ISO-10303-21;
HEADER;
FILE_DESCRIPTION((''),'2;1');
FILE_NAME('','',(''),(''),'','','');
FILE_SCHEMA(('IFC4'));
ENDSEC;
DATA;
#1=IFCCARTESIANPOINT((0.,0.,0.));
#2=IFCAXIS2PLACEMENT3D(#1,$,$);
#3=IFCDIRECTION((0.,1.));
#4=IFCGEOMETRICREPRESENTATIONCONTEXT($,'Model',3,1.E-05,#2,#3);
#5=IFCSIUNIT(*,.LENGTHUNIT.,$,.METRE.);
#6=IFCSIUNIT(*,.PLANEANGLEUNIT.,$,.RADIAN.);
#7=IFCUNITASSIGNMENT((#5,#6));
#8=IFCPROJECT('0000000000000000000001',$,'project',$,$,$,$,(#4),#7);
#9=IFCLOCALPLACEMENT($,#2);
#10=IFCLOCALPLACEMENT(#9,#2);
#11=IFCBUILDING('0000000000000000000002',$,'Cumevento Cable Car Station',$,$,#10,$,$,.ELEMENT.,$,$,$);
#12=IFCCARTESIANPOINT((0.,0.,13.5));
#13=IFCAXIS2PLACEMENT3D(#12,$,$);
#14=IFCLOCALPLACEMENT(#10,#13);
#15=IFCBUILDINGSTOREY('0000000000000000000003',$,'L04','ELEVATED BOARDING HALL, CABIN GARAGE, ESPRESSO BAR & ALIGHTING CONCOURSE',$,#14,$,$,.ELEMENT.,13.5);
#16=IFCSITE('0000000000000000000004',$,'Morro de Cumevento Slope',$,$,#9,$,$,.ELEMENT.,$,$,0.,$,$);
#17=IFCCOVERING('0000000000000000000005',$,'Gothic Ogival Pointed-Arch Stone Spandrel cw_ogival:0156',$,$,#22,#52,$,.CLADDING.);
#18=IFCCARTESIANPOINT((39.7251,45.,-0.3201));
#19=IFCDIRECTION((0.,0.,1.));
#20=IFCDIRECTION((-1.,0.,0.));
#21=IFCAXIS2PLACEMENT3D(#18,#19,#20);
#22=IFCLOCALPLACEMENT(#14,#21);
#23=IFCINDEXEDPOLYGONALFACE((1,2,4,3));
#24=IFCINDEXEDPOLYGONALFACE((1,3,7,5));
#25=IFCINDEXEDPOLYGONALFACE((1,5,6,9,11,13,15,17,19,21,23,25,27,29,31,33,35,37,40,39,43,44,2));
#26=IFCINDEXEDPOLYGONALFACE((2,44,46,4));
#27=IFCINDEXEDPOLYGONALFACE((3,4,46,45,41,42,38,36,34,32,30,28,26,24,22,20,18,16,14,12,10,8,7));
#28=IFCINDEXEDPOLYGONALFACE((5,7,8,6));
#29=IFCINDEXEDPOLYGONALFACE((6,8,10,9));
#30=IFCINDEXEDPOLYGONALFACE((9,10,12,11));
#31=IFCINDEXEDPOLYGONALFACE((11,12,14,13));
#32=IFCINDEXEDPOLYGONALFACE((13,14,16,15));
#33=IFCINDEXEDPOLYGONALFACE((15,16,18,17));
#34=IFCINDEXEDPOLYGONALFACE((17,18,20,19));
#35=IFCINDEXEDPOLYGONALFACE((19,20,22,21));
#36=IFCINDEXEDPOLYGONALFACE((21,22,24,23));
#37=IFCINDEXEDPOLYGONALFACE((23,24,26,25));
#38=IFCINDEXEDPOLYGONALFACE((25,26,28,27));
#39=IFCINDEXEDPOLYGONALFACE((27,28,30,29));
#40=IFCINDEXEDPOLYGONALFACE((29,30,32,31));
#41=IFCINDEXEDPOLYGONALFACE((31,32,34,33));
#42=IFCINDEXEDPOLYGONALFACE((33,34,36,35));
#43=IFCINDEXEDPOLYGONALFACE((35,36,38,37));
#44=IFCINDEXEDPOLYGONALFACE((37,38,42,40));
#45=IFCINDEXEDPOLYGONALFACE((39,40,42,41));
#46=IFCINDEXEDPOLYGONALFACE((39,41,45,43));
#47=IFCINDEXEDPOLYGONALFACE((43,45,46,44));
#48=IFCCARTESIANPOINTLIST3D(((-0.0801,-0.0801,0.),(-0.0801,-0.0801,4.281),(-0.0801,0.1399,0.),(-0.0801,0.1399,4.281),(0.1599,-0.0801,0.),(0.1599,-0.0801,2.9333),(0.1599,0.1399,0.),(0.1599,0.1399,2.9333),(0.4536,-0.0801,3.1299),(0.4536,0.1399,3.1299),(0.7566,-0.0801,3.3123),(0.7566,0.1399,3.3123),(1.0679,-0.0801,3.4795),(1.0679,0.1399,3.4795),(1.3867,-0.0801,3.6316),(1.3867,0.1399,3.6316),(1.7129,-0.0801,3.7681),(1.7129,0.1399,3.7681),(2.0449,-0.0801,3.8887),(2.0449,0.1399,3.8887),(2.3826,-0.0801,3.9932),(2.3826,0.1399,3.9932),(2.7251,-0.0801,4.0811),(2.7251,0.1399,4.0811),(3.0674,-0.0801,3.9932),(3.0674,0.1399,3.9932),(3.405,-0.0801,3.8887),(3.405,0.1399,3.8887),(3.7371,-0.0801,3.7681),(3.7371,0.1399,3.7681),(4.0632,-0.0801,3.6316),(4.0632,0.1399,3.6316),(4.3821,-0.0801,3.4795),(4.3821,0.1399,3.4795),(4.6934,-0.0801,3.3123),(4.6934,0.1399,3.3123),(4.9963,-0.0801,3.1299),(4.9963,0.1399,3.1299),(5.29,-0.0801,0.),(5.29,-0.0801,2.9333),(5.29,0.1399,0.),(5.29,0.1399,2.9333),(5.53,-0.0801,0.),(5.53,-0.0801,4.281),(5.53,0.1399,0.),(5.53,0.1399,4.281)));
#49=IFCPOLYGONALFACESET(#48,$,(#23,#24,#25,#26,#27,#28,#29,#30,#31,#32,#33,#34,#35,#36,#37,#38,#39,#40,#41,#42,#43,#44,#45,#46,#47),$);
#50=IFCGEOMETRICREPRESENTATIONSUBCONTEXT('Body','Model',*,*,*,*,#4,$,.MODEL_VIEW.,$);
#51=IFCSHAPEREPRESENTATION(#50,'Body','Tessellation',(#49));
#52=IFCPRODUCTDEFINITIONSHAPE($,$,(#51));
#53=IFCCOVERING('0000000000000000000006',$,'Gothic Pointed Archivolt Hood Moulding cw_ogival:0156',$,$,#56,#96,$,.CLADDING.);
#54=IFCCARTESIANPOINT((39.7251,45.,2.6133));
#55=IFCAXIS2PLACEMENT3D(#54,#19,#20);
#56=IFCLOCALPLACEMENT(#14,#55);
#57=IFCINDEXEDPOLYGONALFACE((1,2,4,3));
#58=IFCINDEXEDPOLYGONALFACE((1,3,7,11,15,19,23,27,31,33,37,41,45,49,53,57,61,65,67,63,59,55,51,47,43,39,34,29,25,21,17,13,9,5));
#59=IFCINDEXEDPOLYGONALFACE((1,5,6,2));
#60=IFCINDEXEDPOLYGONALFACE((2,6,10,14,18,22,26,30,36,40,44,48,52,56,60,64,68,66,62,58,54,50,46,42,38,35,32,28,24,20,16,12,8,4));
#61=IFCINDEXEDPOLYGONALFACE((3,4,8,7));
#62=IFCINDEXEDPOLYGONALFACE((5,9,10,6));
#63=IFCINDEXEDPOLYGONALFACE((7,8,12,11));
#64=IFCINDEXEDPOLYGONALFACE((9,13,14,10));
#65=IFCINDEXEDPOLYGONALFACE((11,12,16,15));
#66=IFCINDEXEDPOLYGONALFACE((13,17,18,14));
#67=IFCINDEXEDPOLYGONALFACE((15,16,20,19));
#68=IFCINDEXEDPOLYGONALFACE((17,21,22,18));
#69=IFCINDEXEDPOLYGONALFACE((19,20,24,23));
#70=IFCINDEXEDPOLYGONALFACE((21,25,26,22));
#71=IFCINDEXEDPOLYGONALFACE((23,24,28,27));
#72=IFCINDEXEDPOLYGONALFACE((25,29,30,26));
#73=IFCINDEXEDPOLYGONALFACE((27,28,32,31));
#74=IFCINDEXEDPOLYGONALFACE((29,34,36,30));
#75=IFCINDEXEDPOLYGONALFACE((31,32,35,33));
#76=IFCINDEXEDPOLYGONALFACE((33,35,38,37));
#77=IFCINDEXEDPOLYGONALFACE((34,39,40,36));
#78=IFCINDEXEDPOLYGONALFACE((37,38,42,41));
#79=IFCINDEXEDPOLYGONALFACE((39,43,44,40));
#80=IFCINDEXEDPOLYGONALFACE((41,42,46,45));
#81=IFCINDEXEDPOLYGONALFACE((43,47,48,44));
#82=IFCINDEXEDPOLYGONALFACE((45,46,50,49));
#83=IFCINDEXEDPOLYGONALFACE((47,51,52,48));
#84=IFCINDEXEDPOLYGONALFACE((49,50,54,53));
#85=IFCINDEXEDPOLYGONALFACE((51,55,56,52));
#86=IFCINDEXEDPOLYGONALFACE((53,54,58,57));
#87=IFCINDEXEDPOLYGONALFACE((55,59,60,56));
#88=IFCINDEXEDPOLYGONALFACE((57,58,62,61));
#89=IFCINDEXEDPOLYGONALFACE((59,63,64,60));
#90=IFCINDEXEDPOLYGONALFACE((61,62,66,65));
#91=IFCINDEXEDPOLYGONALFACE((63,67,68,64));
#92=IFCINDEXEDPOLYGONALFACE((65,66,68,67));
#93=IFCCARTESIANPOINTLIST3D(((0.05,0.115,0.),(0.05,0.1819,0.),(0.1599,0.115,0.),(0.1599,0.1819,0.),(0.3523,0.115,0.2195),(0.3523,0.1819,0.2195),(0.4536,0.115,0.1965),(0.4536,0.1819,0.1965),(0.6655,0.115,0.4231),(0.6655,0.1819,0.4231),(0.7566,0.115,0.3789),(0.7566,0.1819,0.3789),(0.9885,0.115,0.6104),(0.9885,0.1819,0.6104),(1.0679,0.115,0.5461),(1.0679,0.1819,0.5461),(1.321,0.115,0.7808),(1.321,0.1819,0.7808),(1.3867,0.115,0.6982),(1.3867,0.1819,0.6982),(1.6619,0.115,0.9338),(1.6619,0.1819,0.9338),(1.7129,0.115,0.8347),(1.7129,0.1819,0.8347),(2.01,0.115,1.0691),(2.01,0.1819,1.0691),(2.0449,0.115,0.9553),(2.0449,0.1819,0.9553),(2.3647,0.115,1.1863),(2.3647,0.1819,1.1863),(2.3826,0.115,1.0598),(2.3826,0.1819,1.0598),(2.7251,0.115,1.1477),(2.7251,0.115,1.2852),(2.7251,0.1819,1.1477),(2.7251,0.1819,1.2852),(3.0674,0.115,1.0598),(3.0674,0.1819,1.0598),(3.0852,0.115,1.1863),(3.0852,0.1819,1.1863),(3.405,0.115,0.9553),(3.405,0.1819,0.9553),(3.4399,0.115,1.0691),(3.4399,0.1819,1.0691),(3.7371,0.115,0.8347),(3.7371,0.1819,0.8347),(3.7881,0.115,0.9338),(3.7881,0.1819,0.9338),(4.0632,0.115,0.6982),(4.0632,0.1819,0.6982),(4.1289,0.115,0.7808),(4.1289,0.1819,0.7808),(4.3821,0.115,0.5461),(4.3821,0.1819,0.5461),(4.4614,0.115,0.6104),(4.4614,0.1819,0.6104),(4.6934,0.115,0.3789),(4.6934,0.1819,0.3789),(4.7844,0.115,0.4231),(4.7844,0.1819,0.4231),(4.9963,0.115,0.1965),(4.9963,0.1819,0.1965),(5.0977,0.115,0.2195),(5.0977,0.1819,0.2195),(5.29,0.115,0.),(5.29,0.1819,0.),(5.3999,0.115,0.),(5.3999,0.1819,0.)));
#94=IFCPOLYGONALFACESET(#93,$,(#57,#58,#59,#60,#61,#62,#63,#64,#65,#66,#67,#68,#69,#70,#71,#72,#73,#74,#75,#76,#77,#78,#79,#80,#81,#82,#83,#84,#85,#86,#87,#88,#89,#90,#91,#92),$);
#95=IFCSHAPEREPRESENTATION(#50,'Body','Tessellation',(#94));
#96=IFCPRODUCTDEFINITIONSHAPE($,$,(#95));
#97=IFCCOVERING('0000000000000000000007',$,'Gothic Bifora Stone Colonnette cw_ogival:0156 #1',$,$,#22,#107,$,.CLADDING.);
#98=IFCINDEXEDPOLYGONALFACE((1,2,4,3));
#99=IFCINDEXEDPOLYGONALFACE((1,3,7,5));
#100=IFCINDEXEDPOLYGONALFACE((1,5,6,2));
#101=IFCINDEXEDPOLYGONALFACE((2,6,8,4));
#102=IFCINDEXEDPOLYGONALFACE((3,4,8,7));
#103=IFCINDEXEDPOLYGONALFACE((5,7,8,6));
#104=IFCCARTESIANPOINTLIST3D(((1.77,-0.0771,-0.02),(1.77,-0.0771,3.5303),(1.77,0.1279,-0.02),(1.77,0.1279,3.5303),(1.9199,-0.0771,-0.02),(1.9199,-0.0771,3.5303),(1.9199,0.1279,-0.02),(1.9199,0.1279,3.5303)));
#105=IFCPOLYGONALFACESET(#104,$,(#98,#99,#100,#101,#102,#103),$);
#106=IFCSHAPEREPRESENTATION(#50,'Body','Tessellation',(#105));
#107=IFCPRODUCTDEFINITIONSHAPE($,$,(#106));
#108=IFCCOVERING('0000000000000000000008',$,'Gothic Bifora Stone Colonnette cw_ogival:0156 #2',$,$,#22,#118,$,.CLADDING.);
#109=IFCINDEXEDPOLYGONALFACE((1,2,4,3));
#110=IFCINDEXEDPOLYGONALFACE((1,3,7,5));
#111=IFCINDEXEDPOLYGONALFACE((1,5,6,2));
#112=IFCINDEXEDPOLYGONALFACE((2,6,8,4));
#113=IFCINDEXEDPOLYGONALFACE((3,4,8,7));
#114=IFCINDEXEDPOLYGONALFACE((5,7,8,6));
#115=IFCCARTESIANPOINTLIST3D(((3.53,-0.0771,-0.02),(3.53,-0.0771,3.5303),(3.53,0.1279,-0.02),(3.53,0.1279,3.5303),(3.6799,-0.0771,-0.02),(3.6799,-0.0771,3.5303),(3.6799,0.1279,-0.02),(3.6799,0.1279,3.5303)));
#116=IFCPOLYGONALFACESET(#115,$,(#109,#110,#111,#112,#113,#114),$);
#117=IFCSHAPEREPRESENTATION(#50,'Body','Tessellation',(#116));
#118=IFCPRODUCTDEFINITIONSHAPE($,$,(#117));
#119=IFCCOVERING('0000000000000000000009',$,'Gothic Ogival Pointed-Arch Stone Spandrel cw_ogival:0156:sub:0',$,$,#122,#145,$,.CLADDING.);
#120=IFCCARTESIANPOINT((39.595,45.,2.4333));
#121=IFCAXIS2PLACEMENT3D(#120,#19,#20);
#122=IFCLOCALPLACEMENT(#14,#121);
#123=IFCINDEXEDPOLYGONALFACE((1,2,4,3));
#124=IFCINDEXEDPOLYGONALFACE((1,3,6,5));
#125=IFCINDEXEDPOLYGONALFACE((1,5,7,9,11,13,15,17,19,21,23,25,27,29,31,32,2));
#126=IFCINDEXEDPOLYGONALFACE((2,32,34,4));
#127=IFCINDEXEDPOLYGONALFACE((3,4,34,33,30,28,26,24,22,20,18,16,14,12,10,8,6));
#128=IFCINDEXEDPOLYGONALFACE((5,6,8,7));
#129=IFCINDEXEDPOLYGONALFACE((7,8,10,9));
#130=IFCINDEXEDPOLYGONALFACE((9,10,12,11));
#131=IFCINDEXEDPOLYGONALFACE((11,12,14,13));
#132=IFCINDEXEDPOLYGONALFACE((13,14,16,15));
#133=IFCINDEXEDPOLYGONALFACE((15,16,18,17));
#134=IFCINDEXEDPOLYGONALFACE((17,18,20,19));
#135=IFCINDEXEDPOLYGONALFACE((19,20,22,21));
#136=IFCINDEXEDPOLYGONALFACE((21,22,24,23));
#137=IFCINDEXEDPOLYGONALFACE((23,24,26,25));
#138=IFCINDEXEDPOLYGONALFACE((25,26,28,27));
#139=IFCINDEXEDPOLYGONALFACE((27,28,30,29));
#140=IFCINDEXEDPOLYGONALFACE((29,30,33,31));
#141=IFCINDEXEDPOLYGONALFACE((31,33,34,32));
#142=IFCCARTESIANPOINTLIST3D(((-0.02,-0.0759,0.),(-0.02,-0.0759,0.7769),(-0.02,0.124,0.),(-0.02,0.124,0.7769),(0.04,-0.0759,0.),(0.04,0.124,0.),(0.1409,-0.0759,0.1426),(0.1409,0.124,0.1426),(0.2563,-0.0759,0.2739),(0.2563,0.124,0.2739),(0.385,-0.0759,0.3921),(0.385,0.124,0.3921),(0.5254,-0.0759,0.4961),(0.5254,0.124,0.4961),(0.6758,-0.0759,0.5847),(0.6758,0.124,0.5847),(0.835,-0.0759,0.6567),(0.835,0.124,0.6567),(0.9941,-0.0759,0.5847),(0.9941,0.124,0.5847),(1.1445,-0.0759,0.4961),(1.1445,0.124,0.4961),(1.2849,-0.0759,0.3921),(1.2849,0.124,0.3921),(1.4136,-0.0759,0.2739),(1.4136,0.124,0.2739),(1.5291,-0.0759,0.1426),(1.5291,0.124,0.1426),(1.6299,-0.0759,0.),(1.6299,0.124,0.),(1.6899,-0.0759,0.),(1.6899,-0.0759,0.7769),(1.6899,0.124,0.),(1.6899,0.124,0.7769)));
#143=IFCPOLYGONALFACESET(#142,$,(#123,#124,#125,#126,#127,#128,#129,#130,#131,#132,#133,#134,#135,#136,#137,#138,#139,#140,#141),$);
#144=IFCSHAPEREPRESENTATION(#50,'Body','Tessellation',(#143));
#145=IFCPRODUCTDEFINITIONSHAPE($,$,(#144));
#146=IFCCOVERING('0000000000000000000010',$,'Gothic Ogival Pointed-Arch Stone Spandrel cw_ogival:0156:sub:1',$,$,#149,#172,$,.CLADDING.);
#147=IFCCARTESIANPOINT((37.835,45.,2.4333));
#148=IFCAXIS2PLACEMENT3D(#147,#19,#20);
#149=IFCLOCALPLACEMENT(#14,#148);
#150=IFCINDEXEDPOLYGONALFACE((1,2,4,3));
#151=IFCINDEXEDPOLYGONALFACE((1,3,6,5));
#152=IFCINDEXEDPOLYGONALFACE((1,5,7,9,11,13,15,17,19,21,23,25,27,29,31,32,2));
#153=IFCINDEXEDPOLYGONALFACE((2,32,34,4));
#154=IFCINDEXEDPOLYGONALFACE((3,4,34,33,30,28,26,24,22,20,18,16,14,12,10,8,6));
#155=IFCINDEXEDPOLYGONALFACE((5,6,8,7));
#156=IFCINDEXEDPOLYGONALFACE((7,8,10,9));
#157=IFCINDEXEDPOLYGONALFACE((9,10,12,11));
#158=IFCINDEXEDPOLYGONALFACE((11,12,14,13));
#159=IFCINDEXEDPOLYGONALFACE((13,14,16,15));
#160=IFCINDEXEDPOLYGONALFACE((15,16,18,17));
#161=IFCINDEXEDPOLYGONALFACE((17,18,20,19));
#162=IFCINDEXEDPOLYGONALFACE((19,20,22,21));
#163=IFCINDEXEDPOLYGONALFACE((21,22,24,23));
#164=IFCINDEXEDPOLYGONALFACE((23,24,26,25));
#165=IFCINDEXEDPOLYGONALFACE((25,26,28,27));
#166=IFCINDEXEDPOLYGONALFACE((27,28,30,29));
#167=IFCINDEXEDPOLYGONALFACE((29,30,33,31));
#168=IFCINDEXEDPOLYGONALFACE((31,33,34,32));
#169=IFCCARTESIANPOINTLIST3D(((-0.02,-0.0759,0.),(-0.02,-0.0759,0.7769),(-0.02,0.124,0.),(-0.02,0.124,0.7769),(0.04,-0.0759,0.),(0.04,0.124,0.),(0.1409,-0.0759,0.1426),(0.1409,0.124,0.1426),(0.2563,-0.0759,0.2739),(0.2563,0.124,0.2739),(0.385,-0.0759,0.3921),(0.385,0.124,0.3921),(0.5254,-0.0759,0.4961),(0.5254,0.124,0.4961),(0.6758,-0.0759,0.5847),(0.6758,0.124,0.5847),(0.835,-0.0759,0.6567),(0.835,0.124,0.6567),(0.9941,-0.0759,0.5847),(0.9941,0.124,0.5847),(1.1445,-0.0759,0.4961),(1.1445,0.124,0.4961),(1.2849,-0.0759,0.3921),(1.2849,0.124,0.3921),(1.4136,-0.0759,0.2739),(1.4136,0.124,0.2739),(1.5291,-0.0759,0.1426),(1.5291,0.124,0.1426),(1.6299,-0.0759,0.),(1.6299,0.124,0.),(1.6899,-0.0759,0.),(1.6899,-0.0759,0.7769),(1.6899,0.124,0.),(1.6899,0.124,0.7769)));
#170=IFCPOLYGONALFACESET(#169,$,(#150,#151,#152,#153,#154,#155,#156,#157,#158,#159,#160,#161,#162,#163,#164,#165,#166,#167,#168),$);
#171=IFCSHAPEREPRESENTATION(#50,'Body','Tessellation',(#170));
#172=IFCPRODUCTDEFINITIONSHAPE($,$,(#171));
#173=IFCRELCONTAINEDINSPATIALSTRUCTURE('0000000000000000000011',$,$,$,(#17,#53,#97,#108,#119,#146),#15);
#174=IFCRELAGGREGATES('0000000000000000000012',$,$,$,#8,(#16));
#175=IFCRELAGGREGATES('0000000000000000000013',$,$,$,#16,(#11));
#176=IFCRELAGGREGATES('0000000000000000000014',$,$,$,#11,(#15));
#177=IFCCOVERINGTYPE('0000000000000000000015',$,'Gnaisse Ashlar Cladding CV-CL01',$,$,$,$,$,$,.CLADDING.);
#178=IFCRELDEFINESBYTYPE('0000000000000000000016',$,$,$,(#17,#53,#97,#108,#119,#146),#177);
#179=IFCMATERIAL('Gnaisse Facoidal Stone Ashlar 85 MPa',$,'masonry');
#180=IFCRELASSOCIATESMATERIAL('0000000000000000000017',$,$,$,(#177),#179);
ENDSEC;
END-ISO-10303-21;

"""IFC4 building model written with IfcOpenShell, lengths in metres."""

from ifc_helpers import new_model, si_unit, direction, frame, origin, place, context, subcontext, project, spatial, polyline, outline, extrude, material, type_object, element, save


model = new_model("IFC4")

# Units and contexts
model_context = context("Model", 3, precision=1e-05, world=origin(), true_north=direction((0.0, 1.0)))
body_context = subcontext(model_context, "Body", "Model", "MODEL_VIEW")
ifc_project = project(units=[si_unit("LENGTHUNIT", "METRE"), si_unit("PLANEANGLEUNIT", "RADIAN")], contexts=[model_context])

# Site, building, storey
site_placement = place(None, origin())
site = spatial("IfcSite", under=ifc_project, at=site_placement, Name="Morro de Cumevento Slope", CompositionType="ELEMENT", RefElevation=0.0)
building_placement = place(site_placement, origin())
building = spatial("IfcBuilding", under=site, at=building_placement, Name="Cumevento Cable Car Station", CompositionType="ELEMENT")
storey_placement = place(building_placement, frame((0.0, 0.0, 13.5)))
storey = spatial("IfcBuildingStorey", under=building, at=storey_placement, Name="L04", Description="ELEVATED BOARDING HALL, CABIN GARAGE, ESPRESSO BAR & ALIGHTING CONCOURSE", CompositionType="ELEMENT", Elevation=13.5)

# Coverings
ifc_material_1 = material(Name="Gnaisse Facoidal Stone Ashlar 85 MPa", Category="masonry")
covering_type = type_object("IfcCoveringType", Name="Gnaisse Ashlar Cladding CV-CL01", PredefinedType="CLADDING", material=ifc_material_1)
placement = place(storey_placement, frame((39.7251, 45.0, -0.3201), z_axis=(0.0, 0.0, 1.0), x_axis=(-1.0, 0.0, 0.0)))
element("IfcCovering", 1, at=placement, inside=storey, type_object=covering_type, Name="Gothic Ogival Pointed-Arch Stone Spandrel cw_ogival:0156", PredefinedType="CLADDING", context=body_context, shape_type="SweptSolid", body=[
    extrude(outline(polyline([(-0.0801, 0.0), (-0.0801, 4.281), (5.53, 4.281), (5.53, 0.0), (5.29, 0.0), (5.29, 2.9333), (4.9963, 3.1299), (4.6934, 3.3123), (4.3821, 3.4795), (4.0632, 3.6316), (3.7371, 3.7681), (3.405, 3.8887), (3.0674, 3.9932), (2.7251, 4.0811), (2.3826, 3.9932), (2.0449, 3.8887), (1.7129, 3.7681), (1.3867, 3.6316), (1.0679, 3.4795), (0.7566, 3.3123), (0.4536, 3.1299), (0.1599, 2.9333), (0.1599, 0.0), (-0.0801, 0.0)])), frame((0.0, 0.1399, 0.0), z_axis=(0.0, -1.0, 0.0), x_axis=(1.0, 0.0, 0.0)), (0.0, 0.0, 1.0), 0.22),
])
covering_1_placement = place(storey_placement, frame((39.7251, 45.0, 2.6133), z_axis=(0.0, 0.0, 1.0), x_axis=(-1.0, 0.0, 0.0)))
element("IfcCovering", 2, at=covering_1_placement, inside=storey, type_object=covering_type, Name="Gothic Pointed Archivolt Hood Moulding cw_ogival:0156", PredefinedType="CLADDING", context=body_context, shape_type="SweptSolid", body=[
    extrude(outline(polyline([(0.1599, 0.0), (0.4536, 0.1965), (0.7566, 0.3789), (1.0679, 0.5461), (1.3867, 0.6982), (1.7129, 0.8347), (2.0449, 0.9553), (2.3826, 1.0598), (2.7251, 1.1477), (3.0674, 1.0598), (3.405, 0.9553), (3.7371, 0.8347), (4.0632, 0.6982), (4.3821, 0.5461), (4.6934, 0.3789), (4.9963, 0.1965), (5.29, 0.0), (5.3999, 0.0), (5.0977, 0.2195), (4.7844, 0.4231), (4.4614, 0.6104), (4.1289, 0.7808), (3.7881, 0.9338), (3.4399, 1.0691), (3.0852, 1.1863), (2.7251, 1.2852), (2.3647, 1.1863), (2.01, 1.0691), (1.6619, 0.9338), (1.321, 0.7808), (0.9885, 0.6104), (0.6655, 0.4231), (0.3523, 0.2195), (0.05, 0.0), (0.1599, 0.0)])), frame((0.0, 0.1819, 0.0), z_axis=(0.0, -1.0, 0.0), x_axis=(1.0, 0.0, 0.0)), (0.0, 0.0, 1.0), 0.0669),
])
element("IfcCovering", 3, at=placement, inside=storey, type_object=covering_type, Name="Gothic Bifora Stone Colonnette cw_ogival:0156 #1", PredefinedType="CLADDING", context=body_context, shape_type="SweptSolid", body=[
    extrude(outline(polyline([(1.77, -0.02), (1.9199, -0.02), (1.9199, 3.5303), (1.77, 3.5303), (1.77, -0.02)])), frame((0.0, 0.1279, 0.0), z_axis=(0.0, -1.0, 0.0), x_axis=(1.0, 0.0, 0.0)), (0.0, 0.0, 1.0), 0.2051),
])
element("IfcCovering", 4, at=placement, inside=storey, type_object=covering_type, Name="Gothic Bifora Stone Colonnette cw_ogival:0156 #2", PredefinedType="CLADDING", context=body_context, shape_type="SweptSolid", body=[
    extrude(outline(polyline([(3.53, -0.02), (3.6799, -0.02), (3.6799, 3.5303), (3.53, 3.5303), (3.53, -0.02)])), frame((0.0, 0.1279, 0.0), z_axis=(0.0, -1.0, 0.0), x_axis=(1.0, 0.0, 0.0)), (0.0, 0.0, 1.0), 0.2051),
])
for number, where, z_axis, x_axis, name in (
    (5, (39.595, 45.0, 2.4333), (0.0, 0.0, 1.0), (-1.0, 0.0, 0.0), "Gothic Ogival Pointed-Arch Stone Spandrel cw_ogival:0156:sub:0"),
    (6, (37.835, 45.0, 2.4333), (0.0, 0.0, 1.0), (-1.0, 0.0, 0.0), "Gothic Ogival Pointed-Arch Stone Spandrel cw_ogival:0156:sub:1"),
):
    element("IfcCovering", number, at=place(storey_placement, frame(where, z_axis=z_axis, x_axis=x_axis)), inside=storey, type_object=covering_type, Name=name, PredefinedType="CLADDING", context=body_context, shape_type="SweptSolid", body=[
        extrude(outline(polyline([(-0.02, 0.0), (-0.02, 0.7769), (1.6899, 0.7769), (1.6899, 0.0), (1.6299, 0.0), (1.5291, 0.1426), (1.4136, 0.2739), (1.2849, 0.3921), (1.1445, 0.4961), (0.9941, 0.5847), (0.835, 0.6567), (0.6758, 0.5847), (0.5254, 0.4961), (0.385, 0.3921), (0.2563, 0.2739), (0.1409, 0.1426), (0.04, 0.0), (-0.02, 0.0)])), frame((0.0, 0.124, 0.0), z_axis=(0.0, -1.0, 0.0), x_axis=(1.0, 0.0, 0.0)), (0.0, 0.0, 1.0), 0.2),
    ])

save(model, "model.ifc")
